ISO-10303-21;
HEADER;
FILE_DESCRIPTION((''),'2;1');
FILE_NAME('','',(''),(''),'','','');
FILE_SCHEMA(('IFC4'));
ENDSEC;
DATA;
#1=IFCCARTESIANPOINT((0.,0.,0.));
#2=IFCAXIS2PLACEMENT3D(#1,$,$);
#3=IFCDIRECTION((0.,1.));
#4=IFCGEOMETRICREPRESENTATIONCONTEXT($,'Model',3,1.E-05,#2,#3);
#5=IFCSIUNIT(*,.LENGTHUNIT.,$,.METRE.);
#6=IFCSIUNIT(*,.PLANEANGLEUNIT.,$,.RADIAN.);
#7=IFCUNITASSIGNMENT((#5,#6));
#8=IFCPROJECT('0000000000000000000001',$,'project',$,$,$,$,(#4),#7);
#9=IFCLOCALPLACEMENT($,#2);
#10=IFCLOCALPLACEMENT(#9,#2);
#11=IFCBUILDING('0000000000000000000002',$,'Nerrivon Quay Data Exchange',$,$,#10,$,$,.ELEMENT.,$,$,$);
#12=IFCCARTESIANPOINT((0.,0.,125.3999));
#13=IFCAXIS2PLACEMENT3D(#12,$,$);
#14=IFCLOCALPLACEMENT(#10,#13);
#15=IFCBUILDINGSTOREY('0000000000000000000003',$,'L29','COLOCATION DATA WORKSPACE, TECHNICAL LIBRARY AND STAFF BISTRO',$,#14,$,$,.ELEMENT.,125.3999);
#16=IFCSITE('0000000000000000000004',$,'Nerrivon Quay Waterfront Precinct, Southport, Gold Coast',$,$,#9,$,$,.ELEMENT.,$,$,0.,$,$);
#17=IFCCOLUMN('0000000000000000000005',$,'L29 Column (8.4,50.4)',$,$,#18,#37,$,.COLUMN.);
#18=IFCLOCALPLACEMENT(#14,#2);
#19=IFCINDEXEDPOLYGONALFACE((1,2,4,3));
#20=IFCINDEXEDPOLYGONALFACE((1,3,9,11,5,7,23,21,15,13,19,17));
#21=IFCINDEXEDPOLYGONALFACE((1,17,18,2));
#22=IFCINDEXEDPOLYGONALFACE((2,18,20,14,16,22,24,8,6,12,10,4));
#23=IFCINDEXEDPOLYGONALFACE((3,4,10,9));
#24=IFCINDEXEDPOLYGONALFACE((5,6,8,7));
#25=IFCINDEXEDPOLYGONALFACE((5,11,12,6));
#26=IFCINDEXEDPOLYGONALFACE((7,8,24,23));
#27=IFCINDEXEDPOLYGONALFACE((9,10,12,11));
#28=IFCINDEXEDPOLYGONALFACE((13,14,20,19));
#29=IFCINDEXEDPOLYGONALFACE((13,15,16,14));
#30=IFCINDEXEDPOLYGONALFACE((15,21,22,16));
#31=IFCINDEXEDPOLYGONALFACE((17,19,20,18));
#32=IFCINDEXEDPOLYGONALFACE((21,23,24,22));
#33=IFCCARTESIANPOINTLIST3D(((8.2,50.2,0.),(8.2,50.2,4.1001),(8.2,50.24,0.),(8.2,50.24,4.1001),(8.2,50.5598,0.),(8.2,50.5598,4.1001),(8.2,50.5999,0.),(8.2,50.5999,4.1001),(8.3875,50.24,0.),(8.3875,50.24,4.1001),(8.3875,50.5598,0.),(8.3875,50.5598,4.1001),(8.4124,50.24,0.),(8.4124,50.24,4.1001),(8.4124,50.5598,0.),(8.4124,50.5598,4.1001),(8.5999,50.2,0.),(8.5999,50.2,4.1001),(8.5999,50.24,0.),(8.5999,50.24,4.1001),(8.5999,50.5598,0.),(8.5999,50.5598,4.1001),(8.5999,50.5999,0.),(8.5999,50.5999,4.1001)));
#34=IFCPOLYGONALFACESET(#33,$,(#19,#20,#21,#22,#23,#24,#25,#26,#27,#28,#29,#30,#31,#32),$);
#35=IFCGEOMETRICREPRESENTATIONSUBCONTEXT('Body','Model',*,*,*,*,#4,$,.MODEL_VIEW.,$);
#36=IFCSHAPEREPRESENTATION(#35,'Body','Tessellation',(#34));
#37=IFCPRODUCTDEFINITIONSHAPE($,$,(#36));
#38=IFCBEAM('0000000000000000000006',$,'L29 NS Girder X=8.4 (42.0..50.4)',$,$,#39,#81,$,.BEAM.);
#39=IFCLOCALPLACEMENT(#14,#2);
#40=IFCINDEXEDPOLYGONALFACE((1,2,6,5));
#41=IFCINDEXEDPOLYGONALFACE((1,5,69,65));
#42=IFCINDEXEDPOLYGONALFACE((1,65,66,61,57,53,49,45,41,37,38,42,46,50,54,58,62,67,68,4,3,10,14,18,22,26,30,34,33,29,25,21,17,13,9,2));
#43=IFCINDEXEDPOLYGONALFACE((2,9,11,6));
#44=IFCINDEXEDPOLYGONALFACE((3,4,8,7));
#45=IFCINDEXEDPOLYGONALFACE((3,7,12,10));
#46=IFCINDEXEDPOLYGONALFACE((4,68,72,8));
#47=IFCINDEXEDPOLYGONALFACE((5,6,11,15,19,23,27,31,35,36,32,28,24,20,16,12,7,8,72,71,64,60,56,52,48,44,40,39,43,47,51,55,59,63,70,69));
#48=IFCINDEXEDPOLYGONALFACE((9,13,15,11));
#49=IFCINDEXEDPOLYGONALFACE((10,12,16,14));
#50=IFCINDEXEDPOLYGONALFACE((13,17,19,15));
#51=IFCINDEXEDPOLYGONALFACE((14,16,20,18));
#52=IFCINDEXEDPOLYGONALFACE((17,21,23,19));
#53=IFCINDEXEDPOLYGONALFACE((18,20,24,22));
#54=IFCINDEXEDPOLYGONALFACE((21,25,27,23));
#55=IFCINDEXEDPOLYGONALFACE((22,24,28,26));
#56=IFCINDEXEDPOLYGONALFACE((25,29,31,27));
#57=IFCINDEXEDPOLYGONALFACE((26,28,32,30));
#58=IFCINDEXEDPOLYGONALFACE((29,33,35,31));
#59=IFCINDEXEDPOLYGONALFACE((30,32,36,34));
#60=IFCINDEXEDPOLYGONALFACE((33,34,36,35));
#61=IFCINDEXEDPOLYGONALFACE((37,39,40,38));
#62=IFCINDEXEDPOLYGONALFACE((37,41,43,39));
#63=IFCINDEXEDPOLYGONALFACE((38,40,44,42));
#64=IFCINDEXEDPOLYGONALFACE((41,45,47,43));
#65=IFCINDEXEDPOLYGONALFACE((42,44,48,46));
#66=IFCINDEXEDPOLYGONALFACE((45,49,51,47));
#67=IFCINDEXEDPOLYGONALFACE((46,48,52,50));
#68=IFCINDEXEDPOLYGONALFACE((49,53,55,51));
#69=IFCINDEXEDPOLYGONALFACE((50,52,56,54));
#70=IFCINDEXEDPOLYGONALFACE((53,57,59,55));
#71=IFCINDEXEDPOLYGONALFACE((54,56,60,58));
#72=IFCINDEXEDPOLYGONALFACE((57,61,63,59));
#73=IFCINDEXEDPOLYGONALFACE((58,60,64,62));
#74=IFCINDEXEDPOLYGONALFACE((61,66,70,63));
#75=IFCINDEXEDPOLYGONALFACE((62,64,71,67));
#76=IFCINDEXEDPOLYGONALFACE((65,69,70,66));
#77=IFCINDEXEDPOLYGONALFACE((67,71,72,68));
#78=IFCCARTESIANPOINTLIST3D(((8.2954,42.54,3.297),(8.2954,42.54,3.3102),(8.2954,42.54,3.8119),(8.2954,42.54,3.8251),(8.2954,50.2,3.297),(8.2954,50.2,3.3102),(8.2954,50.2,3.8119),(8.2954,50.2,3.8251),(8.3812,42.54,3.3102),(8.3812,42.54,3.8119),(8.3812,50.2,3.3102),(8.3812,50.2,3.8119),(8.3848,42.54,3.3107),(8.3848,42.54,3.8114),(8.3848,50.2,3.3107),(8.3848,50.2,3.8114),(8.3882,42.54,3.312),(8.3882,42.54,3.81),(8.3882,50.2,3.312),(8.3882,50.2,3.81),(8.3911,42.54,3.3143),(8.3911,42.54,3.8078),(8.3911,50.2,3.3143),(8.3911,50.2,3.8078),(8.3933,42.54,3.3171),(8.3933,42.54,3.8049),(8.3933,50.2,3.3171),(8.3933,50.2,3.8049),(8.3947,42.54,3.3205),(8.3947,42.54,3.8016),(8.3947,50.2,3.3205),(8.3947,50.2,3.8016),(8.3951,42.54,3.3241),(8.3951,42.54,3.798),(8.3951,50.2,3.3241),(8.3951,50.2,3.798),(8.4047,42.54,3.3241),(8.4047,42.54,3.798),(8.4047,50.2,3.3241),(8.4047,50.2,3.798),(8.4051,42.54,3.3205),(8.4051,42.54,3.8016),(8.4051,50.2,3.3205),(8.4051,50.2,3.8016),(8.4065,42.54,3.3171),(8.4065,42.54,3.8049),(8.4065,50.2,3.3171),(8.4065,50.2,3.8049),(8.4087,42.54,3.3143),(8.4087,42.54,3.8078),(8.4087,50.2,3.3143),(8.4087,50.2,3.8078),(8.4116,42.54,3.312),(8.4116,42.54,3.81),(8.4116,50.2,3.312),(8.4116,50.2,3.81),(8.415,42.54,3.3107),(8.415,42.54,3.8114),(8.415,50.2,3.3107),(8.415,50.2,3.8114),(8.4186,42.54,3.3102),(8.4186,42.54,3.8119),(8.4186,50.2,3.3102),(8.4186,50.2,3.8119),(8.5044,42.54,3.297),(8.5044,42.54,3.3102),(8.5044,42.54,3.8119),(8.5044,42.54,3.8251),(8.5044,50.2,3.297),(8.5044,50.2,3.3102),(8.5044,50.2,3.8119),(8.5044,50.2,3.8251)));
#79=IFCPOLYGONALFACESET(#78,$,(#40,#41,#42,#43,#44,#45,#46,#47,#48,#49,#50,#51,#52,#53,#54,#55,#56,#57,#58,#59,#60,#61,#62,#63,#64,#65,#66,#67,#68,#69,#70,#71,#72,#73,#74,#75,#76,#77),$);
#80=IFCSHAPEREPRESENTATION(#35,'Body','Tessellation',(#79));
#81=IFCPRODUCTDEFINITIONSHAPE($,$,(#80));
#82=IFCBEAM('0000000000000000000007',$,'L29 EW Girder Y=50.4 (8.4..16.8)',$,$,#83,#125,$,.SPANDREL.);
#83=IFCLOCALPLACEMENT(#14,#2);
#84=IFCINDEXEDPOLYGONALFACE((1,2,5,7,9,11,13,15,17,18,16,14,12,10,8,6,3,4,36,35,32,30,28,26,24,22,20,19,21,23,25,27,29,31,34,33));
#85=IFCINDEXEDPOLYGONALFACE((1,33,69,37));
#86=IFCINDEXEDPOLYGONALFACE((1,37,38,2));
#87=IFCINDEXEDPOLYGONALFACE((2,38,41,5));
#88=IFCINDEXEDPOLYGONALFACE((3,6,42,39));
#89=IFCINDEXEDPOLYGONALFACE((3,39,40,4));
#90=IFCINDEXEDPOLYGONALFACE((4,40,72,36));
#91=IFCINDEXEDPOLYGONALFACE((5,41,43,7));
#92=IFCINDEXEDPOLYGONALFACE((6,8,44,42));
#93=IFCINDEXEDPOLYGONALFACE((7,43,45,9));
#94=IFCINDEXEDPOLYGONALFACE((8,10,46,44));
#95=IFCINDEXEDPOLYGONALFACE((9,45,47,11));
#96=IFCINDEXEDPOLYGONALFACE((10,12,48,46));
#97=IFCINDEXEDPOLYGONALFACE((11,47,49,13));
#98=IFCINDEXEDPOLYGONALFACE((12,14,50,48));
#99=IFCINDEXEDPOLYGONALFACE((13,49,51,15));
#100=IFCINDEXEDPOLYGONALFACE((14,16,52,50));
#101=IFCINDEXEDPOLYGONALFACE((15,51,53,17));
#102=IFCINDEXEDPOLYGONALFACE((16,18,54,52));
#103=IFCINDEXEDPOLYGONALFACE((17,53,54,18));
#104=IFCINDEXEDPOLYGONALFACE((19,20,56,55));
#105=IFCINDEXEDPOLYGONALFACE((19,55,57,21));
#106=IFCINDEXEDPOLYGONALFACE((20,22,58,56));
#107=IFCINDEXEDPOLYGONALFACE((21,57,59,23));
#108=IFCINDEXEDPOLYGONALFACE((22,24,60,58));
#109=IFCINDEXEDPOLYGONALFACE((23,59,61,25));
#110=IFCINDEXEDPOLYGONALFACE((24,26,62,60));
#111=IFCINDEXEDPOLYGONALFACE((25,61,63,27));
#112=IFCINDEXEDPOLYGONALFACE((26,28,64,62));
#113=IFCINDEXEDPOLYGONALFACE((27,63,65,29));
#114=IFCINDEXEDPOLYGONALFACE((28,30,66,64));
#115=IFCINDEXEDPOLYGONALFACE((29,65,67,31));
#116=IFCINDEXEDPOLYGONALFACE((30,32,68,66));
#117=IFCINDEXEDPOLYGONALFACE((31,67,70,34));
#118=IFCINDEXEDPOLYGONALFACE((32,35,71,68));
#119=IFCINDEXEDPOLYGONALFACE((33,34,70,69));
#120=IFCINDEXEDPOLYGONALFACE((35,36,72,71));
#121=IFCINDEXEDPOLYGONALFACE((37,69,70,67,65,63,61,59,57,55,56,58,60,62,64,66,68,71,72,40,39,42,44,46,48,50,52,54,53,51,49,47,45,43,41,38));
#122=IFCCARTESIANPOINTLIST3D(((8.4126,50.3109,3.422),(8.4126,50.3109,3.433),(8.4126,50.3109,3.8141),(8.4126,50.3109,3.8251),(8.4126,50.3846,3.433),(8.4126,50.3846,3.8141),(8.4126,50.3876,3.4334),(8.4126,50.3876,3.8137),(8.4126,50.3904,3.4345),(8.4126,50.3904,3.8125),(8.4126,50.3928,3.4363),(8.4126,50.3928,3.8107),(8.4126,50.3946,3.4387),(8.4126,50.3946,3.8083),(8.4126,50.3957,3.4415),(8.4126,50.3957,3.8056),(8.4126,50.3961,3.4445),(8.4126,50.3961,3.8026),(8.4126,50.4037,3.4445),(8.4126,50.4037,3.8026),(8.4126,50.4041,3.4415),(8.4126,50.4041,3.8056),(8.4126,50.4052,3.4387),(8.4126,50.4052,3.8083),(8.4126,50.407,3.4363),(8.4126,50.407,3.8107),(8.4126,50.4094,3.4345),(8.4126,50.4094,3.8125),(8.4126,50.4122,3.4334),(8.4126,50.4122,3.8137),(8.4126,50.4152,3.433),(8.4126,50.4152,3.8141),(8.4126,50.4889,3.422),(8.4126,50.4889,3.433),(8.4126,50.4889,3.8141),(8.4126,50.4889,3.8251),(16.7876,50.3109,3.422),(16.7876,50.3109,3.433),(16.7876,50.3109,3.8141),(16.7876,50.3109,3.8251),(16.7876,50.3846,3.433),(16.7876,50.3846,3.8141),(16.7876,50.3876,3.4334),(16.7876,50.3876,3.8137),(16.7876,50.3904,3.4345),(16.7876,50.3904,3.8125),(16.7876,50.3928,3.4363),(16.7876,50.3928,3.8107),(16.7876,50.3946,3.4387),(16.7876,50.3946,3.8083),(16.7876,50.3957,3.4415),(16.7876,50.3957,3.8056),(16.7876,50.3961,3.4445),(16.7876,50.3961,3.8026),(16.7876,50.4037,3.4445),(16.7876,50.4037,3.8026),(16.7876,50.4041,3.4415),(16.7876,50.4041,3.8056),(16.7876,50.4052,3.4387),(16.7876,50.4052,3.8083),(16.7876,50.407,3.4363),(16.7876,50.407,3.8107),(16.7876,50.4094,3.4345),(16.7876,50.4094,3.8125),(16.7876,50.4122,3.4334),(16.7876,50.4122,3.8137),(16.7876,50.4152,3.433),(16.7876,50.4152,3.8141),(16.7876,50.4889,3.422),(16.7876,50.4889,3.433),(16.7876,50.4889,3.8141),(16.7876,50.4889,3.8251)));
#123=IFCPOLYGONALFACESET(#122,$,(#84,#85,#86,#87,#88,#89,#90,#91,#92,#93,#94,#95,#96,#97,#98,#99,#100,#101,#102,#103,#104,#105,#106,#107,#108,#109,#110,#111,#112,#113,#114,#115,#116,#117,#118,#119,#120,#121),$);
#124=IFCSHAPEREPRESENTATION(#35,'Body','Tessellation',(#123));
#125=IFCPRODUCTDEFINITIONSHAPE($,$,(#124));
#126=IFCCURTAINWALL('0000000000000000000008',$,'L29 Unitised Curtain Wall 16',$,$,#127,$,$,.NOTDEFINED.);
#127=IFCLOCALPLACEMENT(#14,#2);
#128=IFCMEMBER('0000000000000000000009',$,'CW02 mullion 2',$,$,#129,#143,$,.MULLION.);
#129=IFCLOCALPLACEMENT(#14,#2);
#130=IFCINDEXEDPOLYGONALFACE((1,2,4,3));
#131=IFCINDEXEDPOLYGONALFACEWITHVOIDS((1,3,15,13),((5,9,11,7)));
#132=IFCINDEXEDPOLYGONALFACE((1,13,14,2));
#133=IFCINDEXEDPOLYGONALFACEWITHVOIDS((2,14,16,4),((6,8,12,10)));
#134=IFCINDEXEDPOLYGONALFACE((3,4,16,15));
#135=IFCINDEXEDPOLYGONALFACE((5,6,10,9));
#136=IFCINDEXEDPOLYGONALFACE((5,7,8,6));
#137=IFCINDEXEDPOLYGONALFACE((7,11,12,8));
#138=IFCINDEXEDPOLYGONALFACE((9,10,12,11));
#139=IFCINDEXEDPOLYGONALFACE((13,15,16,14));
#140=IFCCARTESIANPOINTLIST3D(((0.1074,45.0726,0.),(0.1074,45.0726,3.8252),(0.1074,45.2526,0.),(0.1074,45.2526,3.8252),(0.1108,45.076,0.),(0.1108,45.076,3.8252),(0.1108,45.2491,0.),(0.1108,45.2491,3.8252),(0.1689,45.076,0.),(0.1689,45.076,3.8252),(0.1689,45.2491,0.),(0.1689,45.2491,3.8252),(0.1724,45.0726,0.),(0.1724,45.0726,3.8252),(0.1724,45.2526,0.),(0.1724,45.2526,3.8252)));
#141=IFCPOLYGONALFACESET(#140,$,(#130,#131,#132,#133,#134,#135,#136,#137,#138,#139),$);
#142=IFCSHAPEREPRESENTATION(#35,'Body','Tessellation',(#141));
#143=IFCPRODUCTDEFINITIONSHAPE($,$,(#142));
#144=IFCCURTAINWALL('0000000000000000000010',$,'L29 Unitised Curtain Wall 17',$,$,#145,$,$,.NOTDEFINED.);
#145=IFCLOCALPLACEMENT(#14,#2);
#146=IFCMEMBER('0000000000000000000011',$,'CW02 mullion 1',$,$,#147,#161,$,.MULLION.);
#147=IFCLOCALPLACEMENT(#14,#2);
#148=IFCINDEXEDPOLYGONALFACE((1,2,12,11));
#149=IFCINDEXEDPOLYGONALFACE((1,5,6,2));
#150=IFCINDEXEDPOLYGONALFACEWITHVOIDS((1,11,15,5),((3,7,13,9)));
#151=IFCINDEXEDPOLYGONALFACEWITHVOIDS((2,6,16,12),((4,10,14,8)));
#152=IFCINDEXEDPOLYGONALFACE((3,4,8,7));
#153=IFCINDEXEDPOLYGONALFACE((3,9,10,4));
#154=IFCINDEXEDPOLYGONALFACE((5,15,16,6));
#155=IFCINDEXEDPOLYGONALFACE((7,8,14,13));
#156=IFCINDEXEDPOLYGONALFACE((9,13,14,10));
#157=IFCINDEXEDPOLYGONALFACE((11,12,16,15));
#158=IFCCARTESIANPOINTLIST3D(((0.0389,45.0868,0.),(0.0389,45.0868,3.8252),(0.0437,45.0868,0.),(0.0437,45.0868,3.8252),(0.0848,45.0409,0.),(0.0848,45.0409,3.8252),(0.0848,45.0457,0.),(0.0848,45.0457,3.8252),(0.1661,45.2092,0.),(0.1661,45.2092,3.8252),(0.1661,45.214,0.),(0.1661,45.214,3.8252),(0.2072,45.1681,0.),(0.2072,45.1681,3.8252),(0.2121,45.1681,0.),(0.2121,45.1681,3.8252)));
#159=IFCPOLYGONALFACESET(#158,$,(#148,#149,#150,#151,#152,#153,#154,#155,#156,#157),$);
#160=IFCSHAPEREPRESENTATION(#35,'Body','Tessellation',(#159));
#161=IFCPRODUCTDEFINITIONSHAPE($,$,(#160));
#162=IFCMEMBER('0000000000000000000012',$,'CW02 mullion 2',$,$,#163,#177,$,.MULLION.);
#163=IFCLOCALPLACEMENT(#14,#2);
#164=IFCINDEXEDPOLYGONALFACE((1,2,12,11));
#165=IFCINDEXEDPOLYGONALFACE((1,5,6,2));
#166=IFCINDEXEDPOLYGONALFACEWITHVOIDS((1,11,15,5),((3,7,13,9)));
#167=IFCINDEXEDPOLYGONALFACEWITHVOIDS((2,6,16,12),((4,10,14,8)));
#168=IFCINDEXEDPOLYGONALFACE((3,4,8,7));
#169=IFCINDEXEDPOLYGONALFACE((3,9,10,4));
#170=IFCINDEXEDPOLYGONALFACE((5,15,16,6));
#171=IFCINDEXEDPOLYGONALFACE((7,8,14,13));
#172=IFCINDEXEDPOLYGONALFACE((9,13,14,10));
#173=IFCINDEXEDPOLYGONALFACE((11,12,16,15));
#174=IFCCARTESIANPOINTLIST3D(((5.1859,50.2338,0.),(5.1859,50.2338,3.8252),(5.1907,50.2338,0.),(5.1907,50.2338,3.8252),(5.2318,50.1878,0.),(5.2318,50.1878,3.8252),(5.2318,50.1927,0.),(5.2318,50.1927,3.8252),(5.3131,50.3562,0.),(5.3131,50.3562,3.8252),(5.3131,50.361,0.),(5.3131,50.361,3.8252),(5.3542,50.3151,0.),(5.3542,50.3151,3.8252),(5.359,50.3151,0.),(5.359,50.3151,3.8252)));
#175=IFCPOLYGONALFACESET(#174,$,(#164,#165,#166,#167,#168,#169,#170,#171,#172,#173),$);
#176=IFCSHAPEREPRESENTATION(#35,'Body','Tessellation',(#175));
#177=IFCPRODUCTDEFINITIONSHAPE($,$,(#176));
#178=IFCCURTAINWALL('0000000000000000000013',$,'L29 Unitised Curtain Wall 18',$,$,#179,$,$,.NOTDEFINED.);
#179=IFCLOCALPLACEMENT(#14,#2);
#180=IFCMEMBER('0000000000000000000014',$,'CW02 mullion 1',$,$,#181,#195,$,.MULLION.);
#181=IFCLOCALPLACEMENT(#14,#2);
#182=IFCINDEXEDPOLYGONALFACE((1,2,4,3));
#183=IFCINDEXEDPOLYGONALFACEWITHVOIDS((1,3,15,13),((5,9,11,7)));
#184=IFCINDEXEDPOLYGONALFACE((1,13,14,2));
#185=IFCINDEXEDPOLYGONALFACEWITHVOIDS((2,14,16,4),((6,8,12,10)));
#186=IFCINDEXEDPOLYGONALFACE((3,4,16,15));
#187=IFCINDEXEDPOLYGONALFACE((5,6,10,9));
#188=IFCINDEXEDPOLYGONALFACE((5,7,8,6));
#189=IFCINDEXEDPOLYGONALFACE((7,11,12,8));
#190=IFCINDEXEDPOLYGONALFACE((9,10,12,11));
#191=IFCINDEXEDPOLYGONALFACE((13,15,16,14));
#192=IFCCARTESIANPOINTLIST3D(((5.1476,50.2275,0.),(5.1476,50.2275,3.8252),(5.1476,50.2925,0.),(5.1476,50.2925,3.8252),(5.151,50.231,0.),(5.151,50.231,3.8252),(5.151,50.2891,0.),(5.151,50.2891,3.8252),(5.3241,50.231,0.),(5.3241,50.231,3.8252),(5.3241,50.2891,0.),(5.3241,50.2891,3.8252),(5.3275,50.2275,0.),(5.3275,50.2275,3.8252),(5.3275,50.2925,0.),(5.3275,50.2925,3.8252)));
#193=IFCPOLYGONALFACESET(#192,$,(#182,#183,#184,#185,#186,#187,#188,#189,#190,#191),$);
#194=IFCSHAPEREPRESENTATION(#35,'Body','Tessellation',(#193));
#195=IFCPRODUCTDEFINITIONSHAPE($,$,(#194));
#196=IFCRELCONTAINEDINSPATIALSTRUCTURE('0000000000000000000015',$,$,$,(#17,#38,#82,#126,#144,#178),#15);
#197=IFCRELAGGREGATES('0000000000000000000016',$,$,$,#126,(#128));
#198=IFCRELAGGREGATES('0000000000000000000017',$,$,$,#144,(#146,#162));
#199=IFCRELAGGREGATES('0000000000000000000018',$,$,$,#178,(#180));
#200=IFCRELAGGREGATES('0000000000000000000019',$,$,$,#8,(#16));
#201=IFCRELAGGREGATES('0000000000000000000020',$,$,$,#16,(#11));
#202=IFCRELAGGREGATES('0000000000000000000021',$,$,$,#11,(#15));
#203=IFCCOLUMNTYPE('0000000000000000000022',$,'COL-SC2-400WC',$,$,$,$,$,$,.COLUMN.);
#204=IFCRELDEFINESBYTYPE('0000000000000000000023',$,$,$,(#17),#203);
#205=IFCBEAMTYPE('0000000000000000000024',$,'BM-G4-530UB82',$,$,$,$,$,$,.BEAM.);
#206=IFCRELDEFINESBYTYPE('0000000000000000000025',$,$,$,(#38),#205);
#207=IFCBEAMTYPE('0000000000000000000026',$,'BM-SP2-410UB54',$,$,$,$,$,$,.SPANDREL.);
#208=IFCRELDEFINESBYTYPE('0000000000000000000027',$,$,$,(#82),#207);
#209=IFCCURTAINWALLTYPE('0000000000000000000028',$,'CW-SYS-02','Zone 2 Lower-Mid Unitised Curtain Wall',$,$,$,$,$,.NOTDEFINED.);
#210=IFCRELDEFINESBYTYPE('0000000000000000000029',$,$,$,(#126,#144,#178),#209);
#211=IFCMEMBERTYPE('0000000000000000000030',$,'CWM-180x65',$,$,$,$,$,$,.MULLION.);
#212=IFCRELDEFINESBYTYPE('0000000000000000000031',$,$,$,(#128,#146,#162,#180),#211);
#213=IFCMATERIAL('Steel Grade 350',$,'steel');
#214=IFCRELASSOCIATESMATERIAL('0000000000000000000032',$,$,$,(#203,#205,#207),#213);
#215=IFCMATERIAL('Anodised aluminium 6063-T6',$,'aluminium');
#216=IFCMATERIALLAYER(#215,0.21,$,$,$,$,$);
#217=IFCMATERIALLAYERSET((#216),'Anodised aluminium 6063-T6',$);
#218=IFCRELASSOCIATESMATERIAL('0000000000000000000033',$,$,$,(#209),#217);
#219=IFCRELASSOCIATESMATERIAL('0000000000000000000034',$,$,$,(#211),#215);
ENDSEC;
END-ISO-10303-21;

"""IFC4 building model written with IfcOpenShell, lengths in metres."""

from ifc_helpers import new_model, si_unit, direction, frame, origin, origin_2d, place, context, subcontext, project, spatial, hollow_rectangle, i_section, extrude, material, layer, layer_set, material_profile, profile_set, type_object, element, aggregate, save


model = new_model("IFC4")

# Units and contexts
model_context = context("Model", 3, precision=1e-05, world=origin(), true_north=direction((0.0, 1.0)))
body_context = subcontext(model_context, "Body", "Model", "MODEL_VIEW")
ifc_project = project(units=[si_unit("LENGTHUNIT", "METRE"), si_unit("PLANEANGLEUNIT", "RADIAN")], contexts=[model_context])

# Site, building, storey
site_placement = place(None, origin())
site = spatial("IfcSite", under=ifc_project, at=site_placement, Name="Nerrivon Quay Waterfront Precinct, Southport, Gold Coast", CompositionType="ELEMENT", RefElevation=0.0)
building_placement = place(site_placement, origin())
building = spatial("IfcBuilding", under=site, at=building_placement, Name="Nerrivon Quay Data Exchange", CompositionType="ELEMENT")
storey_placement = place(building_placement, frame((0.0, 0.0, 125.3999)))
storey = spatial("IfcBuildingStorey", under=building, at=storey_placement, Name="L29", Description="COLOCATION DATA WORKSPACE, TECHNICAL LIBRARY AND STAFF BISTRO", CompositionType="ELEMENT", Elevation=125.3999)

# Column
ifc_material_1 = material(Name="Steel Grade 350", Category="steel")
ifc_material_profile_1 = material_profile(ifc_material_1, i_section(OverallWidth=0.3999, OverallDepth=0.3999, WebThickness=0.0249, FlangeThickness=0.04, at=origin_2d()), Name="400WC328")
ifc_profile_set_1 = profile_set([ifc_material_profile_1], Name="Steel Grade 350")
column_type = type_object("IfcColumnType", Name="COL-SC2-400WC", PredefinedType="COLUMN", material=ifc_profile_set_1)
column_placement = place(storey_placement, frame((8.3999, 50.3999, 0.0), z_axis=(0.0, 0.0, 1.0), x_axis=(1.0, 0.0, 0.0)))
element("IfcColumn", 1, at=column_placement, inside=storey, type_object=column_type, Name="L29 Column (8.4,50.4)", PredefinedType="COLUMN", context=body_context, shape_type="SweptSolid", body=[
    extrude(i_section(OverallWidth=0.3999, OverallDepth=0.3999, WebThickness=0.0249, FlangeThickness=0.04, at=origin_2d()), origin(), (0.0, 0.0, 1.0), 4.1001),
])

# Beams
ifc_material_profile_2 = material_profile(ifc_material_1, i_section(OverallWidth=0.209, OverallDepth=0.5281, WebThickness=0.0095, FlangeThickness=0.0132, FilletRadius=0.0139, at=origin_2d()), Name="530UB82.0")
ifc_profile_set_2 = profile_set([ifc_material_profile_2], Name="Steel Grade 350")
beam_type_1 = type_object("IfcBeamType", Name="BM-G4-530UB82", PredefinedType="BEAM", material=ifc_profile_set_2)
beam_1_placement = place(storey_placement, frame((8.3999, 42.54, 3.561), z_axis=(0.0, 1.0, 0.0), x_axis=(-1.0, 0.0, 0.0)))
element("IfcBeam", 2, at=beam_1_placement, inside=storey, type_object=beam_type_1, Name="L29 NS Girder X=8.4 (42.0..50.4)", PredefinedType="BEAM", context=body_context, shape_type="SweptSolid", body=[
    extrude(i_section(OverallWidth=0.209, OverallDepth=0.5281, WebThickness=0.0095, FlangeThickness=0.0132, FilletRadius=0.0139, at=origin_2d()), origin(), (0.0, 0.0, 1.0), 7.6599),
])
ifc_material_profile_3 = material_profile(ifc_material_1, i_section(OverallWidth=0.178, OverallDepth=0.4031, WebThickness=0.0076, FlangeThickness=0.011, FilletRadius=0.0115, at=origin_2d()), Name="410UB53.7")
ifc_profile_set_3 = profile_set([ifc_material_profile_3], Name="Steel Grade 350")
beam_type_2 = type_object("IfcBeamType", Name="BM-SP2-410UB54", PredefinedType="SPANDREL", material=ifc_profile_set_3)
beam_2_placement = place(storey_placement, frame((8.4126, 50.3999, 3.6235), z_axis=(1.0, 0.0, 0.0), x_axis=(0.0, 1.0, 0.0)))
element("IfcBeam", 3, at=beam_2_placement, inside=storey, type_object=beam_type_2, Name="L29 EW Girder Y=50.4 (8.4..16.8)", PredefinedType="SPANDREL", context=body_context, shape_type="SweptSolid", body=[
    extrude(i_section(OverallWidth=0.178, OverallDepth=0.4031, WebThickness=0.0076, FlangeThickness=0.011, FilletRadius=0.0115, at=origin_2d()), origin(), (0.0, 0.0, 1.0), 8.375),
])

# Curtain wall, member
ifc_material_2 = material(Name="Anodised aluminium 6063-T6", Category="aluminium")
ifc_layer_1 = layer(ifc_material_2, 0.21)
ifc_layer_set_1 = layer_set([ifc_layer_1], Name="Anodised aluminium 6063-T6")
curtain_wall_type = type_object("IfcCurtainWallType", Name="CW-SYS-02", Description="Zone 2 Lower-Mid Unitised Curtain Wall", PredefinedType="NOTDEFINED", material=ifc_layer_set_1)
curtain_wall_1_placement = place(storey_placement, origin())
curtain_wall_1 = element("IfcCurtainWall", 4, at=curtain_wall_1_placement, inside=storey, type_object=curtain_wall_type, Name="L29 Unitised Curtain Wall 16", PredefinedType="NOTDEFINED")
ifc_material_profile_4 = material_profile(ifc_material_2, hollow_rectangle(XDim=0.0649, YDim=0.1799, WallThickness=0.0034, at=origin_2d()), Name="ALU-MULL-180x65")
ifc_profile_set_4 = profile_set([ifc_material_profile_4], Name="Anodised aluminium 6063-T6")
member_type_1 = type_object("IfcMemberType", Name="CWM-180x65", PredefinedType="MULLION", material=ifc_profile_set_4)
member_1_placement = place(storey_placement, frame((0.1399, 45.1626, 0.0), z_axis=(0.0, 0.0, 1.0), x_axis=(-1.0, 0.0, 0.0)))
member_1 = element("IfcMember", 5, at=member_1_placement, type_object=member_type_1, Name="CW02 mullion 2", PredefinedType="MULLION", context=body_context, shape_type="SweptSolid", body=[
    extrude(hollow_rectangle(XDim=0.0649, YDim=0.1799, WallThickness=0.0034, at=origin_2d()), origin(), (0.0, 0.0, 1.0), 3.8252),
])

# Curtain walls, members
curtain_wall_2_placement = place(storey_placement, origin())
curtain_wall_2 = element("IfcCurtainWall", 6, at=curtain_wall_2_placement, inside=storey, type_object=curtain_wall_type, Name="L29 Unitised Curtain Wall 17", PredefinedType="NOTDEFINED")
member_2_placement = place(storey_placement, frame((0.1255, 45.1274, 0.0), z_axis=(0.0, 0.0, 1.0), x_axis=(-0.707107, 0.707107, 0.0)))
member_2 = element("IfcMember", 7, at=member_2_placement, type_object=member_type_1, Name="CW02 mullion 1", PredefinedType="MULLION", context=body_context, shape_type="SweptSolid", body=[
    extrude(hollow_rectangle(XDim=0.0649, YDim=0.1799, WallThickness=0.0034, at=origin_2d()), origin(), (0.0, 0.0, 1.0), 3.8252),
])
member_3_placement = place(storey_placement, frame((5.2725, 50.2744, 0.0), z_axis=(0.0, 0.0, 1.0), x_axis=(-0.707107, 0.707107, 0.0)))
member_3 = element("IfcMember", 8, at=member_3_placement, type_object=member_type_1, Name="CW02 mullion 2", PredefinedType="MULLION", context=body_context, shape_type="SweptSolid", body=[
    extrude(hollow_rectangle(XDim=0.0649, YDim=0.1799, WallThickness=0.0034, at=origin_2d()), origin(), (0.0, 0.0, 1.0), 3.8252),
])
curtain_wall_3_placement = place(storey_placement, origin())
curtain_wall_3 = element("IfcCurtainWall", 9, at=curtain_wall_3_placement, inside=storey, type_object=curtain_wall_type, Name="L29 Unitised Curtain Wall 18", PredefinedType="NOTDEFINED")
member_4_placement = place(storey_placement, frame((5.2375, 50.26, 0.0), z_axis=(0.0, 0.0, 1.0), x_axis=(0.0, 1.0, 0.0)))
member_4 = element("IfcMember", 10, at=member_4_placement, type_object=member_type_1, Name="CW02 mullion 1", PredefinedType="MULLION", context=body_context, shape_type="SweptSolid", body=[
    extrude(hollow_rectangle(XDim=0.0649, YDim=0.1799, WallThickness=0.0034, at=origin_2d()), origin(), (0.0, 0.0, 1.0), 3.8252),
])

aggregate(curtain_wall_1, [member_1])
aggregate(curtain_wall_2, [member_2, member_3])
aggregate(curtain_wall_3, [member_4])

save(model, "model.ifc")
